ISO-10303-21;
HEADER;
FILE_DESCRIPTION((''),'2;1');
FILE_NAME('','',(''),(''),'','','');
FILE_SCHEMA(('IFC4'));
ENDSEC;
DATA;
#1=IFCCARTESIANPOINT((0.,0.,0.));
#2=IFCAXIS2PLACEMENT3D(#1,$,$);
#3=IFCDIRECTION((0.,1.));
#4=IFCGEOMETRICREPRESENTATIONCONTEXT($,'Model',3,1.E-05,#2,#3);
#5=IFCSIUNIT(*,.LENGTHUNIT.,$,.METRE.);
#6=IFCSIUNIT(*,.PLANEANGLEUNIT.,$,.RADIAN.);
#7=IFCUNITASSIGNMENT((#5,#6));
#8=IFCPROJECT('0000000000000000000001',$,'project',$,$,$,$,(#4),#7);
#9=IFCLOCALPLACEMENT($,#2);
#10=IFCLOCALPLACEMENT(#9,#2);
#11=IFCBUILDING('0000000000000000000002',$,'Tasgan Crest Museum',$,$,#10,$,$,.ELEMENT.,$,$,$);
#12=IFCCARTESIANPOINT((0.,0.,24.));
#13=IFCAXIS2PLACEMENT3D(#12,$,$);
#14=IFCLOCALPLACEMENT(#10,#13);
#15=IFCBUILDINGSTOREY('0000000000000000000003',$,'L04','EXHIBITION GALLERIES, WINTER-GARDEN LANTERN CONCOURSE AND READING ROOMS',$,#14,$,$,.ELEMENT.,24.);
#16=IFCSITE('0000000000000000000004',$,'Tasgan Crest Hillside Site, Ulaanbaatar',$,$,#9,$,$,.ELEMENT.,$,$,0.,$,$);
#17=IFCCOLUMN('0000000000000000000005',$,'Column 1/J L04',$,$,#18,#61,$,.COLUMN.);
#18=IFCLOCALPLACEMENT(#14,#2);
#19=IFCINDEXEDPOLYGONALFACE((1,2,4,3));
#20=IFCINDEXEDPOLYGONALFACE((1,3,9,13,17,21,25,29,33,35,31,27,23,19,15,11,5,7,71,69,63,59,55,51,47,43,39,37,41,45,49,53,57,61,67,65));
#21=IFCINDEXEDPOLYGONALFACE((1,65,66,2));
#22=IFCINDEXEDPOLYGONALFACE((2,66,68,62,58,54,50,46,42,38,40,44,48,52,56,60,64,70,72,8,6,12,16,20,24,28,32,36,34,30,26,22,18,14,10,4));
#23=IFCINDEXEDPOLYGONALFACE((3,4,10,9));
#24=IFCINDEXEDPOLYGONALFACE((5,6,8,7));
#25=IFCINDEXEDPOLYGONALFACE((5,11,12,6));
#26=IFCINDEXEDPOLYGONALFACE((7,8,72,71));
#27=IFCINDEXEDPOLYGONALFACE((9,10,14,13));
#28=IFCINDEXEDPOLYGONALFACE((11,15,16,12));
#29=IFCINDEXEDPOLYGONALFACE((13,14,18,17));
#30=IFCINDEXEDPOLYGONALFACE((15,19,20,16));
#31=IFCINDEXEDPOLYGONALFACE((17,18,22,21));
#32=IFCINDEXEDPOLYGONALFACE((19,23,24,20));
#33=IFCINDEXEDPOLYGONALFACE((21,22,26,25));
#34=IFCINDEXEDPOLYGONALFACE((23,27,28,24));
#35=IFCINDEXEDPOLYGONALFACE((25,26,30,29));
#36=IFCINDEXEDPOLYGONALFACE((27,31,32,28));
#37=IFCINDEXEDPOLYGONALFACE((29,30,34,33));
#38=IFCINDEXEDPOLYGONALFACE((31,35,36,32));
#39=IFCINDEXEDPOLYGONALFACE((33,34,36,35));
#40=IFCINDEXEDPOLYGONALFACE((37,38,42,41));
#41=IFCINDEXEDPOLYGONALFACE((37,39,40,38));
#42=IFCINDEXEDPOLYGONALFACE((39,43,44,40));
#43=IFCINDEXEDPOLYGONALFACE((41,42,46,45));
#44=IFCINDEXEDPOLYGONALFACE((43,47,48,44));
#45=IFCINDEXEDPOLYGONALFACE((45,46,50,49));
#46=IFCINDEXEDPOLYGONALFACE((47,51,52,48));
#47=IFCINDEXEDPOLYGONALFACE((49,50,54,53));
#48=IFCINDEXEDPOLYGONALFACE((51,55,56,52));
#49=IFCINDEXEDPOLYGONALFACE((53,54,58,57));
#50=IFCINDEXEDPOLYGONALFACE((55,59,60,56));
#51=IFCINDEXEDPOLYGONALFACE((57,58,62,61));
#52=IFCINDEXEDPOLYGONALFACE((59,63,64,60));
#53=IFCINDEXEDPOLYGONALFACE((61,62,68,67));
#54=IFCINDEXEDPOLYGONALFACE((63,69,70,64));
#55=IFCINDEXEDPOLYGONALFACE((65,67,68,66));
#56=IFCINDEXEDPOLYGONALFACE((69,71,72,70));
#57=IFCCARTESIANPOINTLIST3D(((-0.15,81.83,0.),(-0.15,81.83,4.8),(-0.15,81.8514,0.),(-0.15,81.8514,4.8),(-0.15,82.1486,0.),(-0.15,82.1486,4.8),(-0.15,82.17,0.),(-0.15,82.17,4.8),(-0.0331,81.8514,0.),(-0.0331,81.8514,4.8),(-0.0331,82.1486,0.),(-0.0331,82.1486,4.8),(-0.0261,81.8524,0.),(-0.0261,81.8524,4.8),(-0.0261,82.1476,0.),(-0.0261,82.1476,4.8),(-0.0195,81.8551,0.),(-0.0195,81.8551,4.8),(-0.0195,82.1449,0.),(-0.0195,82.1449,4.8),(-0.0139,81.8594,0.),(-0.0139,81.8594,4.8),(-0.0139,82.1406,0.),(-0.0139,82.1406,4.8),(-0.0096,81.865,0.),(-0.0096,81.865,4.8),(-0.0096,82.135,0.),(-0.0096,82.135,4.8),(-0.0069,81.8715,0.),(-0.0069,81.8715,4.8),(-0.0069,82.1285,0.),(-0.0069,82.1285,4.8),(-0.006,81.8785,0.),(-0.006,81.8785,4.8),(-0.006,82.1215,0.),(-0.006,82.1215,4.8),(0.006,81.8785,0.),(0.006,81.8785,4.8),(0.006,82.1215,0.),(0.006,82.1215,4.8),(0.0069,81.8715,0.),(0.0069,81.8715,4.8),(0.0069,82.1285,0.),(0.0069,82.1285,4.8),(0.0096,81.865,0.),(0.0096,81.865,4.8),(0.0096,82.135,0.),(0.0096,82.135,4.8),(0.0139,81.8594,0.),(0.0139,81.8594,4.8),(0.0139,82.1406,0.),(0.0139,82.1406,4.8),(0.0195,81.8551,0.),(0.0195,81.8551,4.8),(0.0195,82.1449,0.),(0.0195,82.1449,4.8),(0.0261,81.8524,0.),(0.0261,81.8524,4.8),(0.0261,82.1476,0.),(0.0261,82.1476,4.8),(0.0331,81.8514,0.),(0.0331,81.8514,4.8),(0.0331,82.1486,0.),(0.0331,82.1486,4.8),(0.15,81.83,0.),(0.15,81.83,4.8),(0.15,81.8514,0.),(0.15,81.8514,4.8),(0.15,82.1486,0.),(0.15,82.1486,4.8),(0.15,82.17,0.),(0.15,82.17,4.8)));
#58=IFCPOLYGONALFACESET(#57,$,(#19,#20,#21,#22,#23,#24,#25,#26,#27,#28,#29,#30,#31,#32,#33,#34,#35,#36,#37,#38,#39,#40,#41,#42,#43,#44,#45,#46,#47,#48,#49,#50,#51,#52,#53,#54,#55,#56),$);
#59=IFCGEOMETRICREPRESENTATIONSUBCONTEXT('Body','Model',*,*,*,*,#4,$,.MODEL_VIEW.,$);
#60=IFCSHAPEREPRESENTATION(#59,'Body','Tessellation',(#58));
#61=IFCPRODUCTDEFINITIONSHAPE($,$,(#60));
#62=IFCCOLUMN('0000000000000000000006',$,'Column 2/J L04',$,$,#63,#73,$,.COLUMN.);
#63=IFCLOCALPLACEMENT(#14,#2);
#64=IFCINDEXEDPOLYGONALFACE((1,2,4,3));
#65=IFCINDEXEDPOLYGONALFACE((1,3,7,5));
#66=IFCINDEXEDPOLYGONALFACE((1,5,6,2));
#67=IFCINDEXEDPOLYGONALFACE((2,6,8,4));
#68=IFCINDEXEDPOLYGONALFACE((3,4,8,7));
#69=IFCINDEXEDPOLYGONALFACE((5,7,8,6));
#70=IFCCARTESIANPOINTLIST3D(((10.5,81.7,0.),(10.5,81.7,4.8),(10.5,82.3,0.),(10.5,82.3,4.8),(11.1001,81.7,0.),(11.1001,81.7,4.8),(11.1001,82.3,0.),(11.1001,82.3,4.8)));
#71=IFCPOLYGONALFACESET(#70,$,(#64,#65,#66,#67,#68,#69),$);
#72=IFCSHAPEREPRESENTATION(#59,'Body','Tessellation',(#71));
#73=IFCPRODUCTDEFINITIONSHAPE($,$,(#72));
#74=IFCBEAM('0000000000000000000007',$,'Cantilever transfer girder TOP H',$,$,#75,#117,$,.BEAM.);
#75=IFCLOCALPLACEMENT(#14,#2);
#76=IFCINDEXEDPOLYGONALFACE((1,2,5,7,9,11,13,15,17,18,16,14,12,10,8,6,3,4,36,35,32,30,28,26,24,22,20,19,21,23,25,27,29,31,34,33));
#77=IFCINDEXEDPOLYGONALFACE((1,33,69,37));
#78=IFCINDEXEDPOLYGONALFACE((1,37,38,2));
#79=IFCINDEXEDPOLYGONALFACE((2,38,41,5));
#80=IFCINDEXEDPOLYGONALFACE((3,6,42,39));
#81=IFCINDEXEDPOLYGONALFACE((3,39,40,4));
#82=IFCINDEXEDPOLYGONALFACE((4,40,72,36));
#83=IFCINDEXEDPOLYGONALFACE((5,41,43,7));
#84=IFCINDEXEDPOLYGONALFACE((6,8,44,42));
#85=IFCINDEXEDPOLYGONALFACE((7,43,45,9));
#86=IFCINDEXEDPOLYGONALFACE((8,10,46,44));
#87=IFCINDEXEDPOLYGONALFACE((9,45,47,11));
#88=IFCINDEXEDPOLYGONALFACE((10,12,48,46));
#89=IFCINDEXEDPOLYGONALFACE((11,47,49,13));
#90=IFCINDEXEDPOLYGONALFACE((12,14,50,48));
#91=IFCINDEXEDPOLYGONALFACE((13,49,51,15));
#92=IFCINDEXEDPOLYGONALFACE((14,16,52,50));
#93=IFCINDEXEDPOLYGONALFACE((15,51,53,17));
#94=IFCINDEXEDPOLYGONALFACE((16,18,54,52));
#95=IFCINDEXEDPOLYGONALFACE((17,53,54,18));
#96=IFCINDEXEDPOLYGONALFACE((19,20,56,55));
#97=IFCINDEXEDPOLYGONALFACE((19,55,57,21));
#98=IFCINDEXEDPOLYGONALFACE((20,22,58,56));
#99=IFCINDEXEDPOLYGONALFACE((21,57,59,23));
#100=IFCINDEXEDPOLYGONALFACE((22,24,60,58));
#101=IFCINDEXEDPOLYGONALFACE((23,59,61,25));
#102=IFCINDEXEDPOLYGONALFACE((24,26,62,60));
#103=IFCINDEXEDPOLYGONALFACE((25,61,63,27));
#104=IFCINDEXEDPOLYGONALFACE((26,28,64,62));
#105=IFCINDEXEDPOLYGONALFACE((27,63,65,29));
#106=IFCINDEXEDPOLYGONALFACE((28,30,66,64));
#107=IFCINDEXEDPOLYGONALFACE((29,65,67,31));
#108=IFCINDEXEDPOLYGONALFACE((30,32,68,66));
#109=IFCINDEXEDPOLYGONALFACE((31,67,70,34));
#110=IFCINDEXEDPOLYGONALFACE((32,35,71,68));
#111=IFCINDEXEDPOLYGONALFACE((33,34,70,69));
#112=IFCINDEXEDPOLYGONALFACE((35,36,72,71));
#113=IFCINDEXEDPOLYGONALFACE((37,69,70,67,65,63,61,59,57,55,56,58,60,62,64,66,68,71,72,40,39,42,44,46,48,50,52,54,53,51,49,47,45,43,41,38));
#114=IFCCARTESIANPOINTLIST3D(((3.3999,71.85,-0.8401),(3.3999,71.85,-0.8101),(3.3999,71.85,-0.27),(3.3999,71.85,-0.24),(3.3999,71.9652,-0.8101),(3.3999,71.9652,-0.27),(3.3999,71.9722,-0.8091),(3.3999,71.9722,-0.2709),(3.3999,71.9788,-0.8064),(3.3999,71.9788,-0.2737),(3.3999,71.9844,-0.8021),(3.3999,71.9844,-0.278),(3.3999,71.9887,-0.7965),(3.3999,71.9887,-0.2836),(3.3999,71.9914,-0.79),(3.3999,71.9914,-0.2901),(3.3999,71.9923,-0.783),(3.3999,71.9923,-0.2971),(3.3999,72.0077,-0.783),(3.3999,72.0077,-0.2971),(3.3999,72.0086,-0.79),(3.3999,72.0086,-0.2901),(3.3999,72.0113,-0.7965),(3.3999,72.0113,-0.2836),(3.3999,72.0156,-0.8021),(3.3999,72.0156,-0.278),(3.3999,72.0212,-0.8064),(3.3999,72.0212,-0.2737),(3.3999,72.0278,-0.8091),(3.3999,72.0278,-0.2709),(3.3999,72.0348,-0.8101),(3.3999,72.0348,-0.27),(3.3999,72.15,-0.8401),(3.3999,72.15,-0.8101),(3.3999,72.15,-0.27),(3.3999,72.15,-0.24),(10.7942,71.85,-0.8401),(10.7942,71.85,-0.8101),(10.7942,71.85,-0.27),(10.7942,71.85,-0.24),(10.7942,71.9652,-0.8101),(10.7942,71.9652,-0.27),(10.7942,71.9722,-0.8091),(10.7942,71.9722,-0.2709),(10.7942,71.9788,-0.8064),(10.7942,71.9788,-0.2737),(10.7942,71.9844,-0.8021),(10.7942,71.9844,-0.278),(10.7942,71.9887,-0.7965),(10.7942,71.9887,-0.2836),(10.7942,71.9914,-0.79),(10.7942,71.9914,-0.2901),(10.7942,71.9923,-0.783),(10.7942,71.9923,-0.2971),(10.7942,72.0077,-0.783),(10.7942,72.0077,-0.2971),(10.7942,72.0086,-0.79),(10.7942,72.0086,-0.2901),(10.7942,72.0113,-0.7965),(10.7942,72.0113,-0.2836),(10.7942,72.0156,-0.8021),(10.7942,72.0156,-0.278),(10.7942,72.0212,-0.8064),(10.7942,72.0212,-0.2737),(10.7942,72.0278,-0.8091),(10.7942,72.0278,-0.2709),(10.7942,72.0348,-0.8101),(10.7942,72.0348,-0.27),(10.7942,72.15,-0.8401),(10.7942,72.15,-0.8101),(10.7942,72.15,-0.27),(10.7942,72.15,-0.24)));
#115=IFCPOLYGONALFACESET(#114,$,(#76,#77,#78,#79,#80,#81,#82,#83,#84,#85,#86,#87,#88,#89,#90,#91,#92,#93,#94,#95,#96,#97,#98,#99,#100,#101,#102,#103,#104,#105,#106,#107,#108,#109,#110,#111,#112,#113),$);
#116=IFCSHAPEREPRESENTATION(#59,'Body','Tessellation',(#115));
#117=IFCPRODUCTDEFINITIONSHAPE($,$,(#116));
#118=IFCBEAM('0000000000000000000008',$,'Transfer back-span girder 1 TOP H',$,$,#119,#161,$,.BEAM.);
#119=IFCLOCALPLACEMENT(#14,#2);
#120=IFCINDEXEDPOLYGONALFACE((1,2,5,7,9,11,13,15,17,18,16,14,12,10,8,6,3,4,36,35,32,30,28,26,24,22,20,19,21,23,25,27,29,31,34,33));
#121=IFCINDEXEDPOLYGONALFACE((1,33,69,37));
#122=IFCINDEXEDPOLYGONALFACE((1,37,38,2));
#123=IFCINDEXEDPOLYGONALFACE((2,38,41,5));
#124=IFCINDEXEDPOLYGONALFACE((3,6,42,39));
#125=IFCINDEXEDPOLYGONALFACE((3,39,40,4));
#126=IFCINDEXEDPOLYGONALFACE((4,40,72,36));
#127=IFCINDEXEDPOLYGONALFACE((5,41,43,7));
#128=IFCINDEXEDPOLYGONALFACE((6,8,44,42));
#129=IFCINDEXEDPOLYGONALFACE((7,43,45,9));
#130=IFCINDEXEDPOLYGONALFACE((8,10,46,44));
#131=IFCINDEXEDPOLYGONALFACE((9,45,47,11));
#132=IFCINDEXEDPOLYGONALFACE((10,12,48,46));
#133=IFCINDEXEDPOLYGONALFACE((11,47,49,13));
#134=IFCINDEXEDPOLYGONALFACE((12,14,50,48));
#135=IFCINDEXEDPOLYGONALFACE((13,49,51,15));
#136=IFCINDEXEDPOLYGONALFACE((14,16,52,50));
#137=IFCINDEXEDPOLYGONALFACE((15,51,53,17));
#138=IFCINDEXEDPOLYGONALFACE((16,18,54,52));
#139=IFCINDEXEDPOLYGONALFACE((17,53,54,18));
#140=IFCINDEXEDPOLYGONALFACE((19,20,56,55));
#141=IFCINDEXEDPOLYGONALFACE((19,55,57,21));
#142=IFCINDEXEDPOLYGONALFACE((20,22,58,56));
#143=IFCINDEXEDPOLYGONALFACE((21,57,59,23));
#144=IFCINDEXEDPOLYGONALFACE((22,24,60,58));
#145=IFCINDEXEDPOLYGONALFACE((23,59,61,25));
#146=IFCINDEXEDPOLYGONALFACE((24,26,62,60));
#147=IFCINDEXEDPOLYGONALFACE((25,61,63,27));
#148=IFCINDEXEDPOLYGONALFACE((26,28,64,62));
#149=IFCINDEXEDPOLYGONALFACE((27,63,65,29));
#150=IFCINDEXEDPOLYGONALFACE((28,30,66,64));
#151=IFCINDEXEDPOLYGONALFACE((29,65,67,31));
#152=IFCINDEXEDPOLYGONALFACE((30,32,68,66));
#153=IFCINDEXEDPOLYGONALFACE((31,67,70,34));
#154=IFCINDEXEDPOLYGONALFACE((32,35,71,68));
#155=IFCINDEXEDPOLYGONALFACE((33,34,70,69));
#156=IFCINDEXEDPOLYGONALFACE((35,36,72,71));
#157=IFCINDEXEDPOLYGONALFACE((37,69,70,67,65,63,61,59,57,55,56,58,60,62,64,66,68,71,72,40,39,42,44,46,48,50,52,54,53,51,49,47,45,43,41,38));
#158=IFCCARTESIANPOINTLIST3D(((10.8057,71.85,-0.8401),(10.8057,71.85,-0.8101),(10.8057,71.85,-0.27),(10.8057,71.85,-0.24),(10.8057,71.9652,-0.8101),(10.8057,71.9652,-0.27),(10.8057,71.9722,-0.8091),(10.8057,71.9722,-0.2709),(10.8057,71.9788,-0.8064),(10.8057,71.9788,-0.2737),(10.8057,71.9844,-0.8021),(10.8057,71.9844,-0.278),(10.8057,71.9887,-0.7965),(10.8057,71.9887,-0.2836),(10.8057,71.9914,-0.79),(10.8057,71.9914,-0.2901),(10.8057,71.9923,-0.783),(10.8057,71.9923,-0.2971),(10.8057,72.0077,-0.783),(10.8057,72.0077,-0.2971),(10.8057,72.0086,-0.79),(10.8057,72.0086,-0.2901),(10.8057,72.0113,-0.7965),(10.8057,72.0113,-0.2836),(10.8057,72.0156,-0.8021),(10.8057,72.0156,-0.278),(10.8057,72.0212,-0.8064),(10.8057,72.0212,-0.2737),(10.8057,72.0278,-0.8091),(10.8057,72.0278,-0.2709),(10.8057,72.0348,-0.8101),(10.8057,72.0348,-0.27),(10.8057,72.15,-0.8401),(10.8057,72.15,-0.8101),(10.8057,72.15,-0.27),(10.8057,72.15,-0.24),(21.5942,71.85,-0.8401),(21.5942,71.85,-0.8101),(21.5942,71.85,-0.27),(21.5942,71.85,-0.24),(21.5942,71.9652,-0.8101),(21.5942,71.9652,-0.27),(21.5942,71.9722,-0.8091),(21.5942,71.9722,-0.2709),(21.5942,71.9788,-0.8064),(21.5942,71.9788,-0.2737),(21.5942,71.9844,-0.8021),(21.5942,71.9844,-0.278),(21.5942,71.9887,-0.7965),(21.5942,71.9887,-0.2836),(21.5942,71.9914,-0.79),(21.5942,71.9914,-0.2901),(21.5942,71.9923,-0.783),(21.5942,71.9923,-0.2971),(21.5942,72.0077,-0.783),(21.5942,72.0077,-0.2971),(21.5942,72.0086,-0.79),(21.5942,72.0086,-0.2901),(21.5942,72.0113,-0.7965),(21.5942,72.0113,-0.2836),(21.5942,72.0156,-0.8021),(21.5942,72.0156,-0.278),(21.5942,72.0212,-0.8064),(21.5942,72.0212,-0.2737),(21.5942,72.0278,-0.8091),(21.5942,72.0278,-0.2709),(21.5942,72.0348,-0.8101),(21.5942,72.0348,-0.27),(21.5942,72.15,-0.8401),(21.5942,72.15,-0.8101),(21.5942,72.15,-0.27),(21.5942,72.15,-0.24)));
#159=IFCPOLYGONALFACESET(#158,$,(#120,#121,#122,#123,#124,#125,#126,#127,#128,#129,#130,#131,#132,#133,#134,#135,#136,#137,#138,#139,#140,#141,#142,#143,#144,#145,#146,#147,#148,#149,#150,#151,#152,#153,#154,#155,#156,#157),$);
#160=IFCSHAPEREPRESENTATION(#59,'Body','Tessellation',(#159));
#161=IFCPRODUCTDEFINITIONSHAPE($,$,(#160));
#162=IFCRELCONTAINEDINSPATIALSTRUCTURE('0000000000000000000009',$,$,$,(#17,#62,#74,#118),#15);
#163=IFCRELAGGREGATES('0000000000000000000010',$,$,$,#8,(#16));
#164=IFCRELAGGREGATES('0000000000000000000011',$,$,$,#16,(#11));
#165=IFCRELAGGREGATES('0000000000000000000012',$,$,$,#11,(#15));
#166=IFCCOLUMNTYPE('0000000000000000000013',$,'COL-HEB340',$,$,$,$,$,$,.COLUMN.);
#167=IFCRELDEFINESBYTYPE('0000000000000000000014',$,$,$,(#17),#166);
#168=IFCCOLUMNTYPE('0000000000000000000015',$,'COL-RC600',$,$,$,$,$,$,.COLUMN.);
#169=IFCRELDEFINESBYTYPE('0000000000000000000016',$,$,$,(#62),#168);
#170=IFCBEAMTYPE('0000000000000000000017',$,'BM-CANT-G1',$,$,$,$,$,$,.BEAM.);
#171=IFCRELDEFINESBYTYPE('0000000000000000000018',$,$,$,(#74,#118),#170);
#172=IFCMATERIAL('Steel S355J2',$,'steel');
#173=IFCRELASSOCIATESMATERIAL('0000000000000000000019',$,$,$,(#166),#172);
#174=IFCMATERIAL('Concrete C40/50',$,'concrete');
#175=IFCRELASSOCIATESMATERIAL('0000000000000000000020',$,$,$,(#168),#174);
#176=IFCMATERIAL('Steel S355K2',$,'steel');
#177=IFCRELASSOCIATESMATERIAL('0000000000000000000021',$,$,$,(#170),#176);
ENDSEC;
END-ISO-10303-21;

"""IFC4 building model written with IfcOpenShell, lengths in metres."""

from ifc_helpers import new_model, si_unit, direction, frame, origin, origin_2d, place, context, subcontext, project, spatial, rectangle, i_section, extrude, material, material_profile, profile_set, type_object, element, save


model = new_model("IFC4")

# Units and contexts
model_context = context("Model", 3, precision=1e-05, world=origin(), true_north=direction((0.0, 1.0)))
body_context = subcontext(model_context, "Body", "Model", "MODEL_VIEW")
ifc_project = project(units=[si_unit("LENGTHUNIT", "METRE"), si_unit("PLANEANGLEUNIT", "RADIAN")], contexts=[model_context])

# Site, building, storey
site_placement = place(None, origin())
site = spatial("IfcSite", under=ifc_project, at=site_placement, Name="Tasgan Crest Hillside Site, Ulaanbaatar", CompositionType="ELEMENT", RefElevation=0.0)
building_placement = place(site_placement, origin())
building = spatial("IfcBuilding", under=site, at=building_placement, Name="Tasgan Crest Museum", CompositionType="ELEMENT")
storey_placement = place(building_placement, frame((0.0, 0.0, 24.0)))
storey = spatial("IfcBuildingStorey", under=building, at=storey_placement, Name="L04", Description="EXHIBITION GALLERIES, WINTER-GARDEN LANTERN CONCOURSE AND READING ROOMS", CompositionType="ELEMENT", Elevation=24.0)

# Columns
ifc_material_1 = material(Name="Steel S355J2", Category="steel")
ifc_material_profile_1 = material_profile(ifc_material_1, i_section(OverallWidth=0.3, OverallDepth=0.3401, WebThickness=0.012, FlangeThickness=0.0215, FilletRadius=0.0271, at=origin_2d()), Name="HEB 340")
ifc_profile_set_1 = profile_set([ifc_material_profile_1], Name="Steel S355J2")
column_type_1 = type_object("IfcColumnType", Name="COL-HEB340", PredefinedType="COLUMN", material=ifc_profile_set_1)
column_1_placement = place(storey_placement, frame((0.0, 82.0, 0.0), z_axis=(0.0, 0.0, 1.0), x_axis=(1.0, 0.0, 0.0)))
element("IfcColumn", 1, at=column_1_placement, inside=storey, type_object=column_type_1, Name="Column 1/J L04", PredefinedType="COLUMN", context=body_context, shape_type="SweptSolid", body=[
    extrude(i_section(OverallWidth=0.3, OverallDepth=0.3401, WebThickness=0.012, FlangeThickness=0.0215, FilletRadius=0.0271, at=origin_2d()), origin(), (0.0, 0.0, 1.0), 4.8),
])
ifc_material_2 = material(Name="Concrete C40/50", Category="concrete")
ifc_material_profile_2 = material_profile(ifc_material_2, rectangle(XDim=0.6001, YDim=0.6001, at=origin_2d()), Name="RC 600x600")
ifc_profile_set_2 = profile_set([ifc_material_profile_2], Name="Concrete C40/50")
column_type_2 = type_object("IfcColumnType", Name="COL-RC600", PredefinedType="COLUMN", material=ifc_profile_set_2)
column_2_placement = place(storey_placement, frame((10.8, 82.0, 0.0), z_axis=(0.0, 0.0, 1.0), x_axis=(1.0, 0.0, 0.0)))
element("IfcColumn", 2, at=column_2_placement, inside=storey, type_object=column_type_2, Name="Column 2/J L04", PredefinedType="COLUMN", context=body_context, shape_type="SweptSolid", body=[
    extrude(rectangle(XDim=0.6001, YDim=0.6001, at=origin_2d()), origin(), (0.0, 0.0, 1.0), 4.8),
])

# Beams
ifc_material_3 = material(Name="Steel S355K2", Category="steel")
ifc_material_profile_3 = material_profile(ifc_material_3, i_section(OverallWidth=0.3, OverallDepth=0.6001, WebThickness=0.0154, FlangeThickness=0.03, FilletRadius=0.0271, at=origin_2d()), Name="HEB 600")
ifc_profile_set_3 = profile_set([ifc_material_profile_3], Name="Steel S355K2")
beam_type_1 = type_object("IfcBeamType", Name="BM-CANT-G1", PredefinedType="BEAM", material=ifc_profile_set_3)
beam_1_placement = place(storey_placement, frame((3.3999, 72.0, -0.54), z_axis=(1.0, 0.0, 0.0), x_axis=(0.0, 1.0, 0.0)))
element("IfcBeam", 3, at=beam_1_placement, inside=storey, type_object=beam_type_1, Name="Cantilever transfer girder TOP H", PredefinedType="BEAM", context=body_context, shape_type="SweptSolid", body=[
    extrude(i_section(OverallWidth=0.3, OverallDepth=0.6001, WebThickness=0.0154, FlangeThickness=0.03, FilletRadius=0.0271, at=origin_2d()), origin(), (0.0, 0.0, 1.0), 7.3943),
])
beam_2_placement = place(storey_placement, frame((10.8057, 72.0, -0.54), z_axis=(1.0, 0.0, 0.0), x_axis=(0.0, 1.0, 0.0)))
element("IfcBeam", 4, at=beam_2_placement, inside=storey, type_object=beam_type_1, Name="Transfer back-span girder 1 TOP H", PredefinedType="BEAM", context=body_context, shape_type="SweptSolid", body=[
    extrude(i_section(OverallWidth=0.3, OverallDepth=0.6001, WebThickness=0.0154, FlangeThickness=0.03, FilletRadius=0.0271, at=origin_2d()), origin(), (0.0, 0.0, 1.0), 10.7886),
])

save(model, "model.ifc")
